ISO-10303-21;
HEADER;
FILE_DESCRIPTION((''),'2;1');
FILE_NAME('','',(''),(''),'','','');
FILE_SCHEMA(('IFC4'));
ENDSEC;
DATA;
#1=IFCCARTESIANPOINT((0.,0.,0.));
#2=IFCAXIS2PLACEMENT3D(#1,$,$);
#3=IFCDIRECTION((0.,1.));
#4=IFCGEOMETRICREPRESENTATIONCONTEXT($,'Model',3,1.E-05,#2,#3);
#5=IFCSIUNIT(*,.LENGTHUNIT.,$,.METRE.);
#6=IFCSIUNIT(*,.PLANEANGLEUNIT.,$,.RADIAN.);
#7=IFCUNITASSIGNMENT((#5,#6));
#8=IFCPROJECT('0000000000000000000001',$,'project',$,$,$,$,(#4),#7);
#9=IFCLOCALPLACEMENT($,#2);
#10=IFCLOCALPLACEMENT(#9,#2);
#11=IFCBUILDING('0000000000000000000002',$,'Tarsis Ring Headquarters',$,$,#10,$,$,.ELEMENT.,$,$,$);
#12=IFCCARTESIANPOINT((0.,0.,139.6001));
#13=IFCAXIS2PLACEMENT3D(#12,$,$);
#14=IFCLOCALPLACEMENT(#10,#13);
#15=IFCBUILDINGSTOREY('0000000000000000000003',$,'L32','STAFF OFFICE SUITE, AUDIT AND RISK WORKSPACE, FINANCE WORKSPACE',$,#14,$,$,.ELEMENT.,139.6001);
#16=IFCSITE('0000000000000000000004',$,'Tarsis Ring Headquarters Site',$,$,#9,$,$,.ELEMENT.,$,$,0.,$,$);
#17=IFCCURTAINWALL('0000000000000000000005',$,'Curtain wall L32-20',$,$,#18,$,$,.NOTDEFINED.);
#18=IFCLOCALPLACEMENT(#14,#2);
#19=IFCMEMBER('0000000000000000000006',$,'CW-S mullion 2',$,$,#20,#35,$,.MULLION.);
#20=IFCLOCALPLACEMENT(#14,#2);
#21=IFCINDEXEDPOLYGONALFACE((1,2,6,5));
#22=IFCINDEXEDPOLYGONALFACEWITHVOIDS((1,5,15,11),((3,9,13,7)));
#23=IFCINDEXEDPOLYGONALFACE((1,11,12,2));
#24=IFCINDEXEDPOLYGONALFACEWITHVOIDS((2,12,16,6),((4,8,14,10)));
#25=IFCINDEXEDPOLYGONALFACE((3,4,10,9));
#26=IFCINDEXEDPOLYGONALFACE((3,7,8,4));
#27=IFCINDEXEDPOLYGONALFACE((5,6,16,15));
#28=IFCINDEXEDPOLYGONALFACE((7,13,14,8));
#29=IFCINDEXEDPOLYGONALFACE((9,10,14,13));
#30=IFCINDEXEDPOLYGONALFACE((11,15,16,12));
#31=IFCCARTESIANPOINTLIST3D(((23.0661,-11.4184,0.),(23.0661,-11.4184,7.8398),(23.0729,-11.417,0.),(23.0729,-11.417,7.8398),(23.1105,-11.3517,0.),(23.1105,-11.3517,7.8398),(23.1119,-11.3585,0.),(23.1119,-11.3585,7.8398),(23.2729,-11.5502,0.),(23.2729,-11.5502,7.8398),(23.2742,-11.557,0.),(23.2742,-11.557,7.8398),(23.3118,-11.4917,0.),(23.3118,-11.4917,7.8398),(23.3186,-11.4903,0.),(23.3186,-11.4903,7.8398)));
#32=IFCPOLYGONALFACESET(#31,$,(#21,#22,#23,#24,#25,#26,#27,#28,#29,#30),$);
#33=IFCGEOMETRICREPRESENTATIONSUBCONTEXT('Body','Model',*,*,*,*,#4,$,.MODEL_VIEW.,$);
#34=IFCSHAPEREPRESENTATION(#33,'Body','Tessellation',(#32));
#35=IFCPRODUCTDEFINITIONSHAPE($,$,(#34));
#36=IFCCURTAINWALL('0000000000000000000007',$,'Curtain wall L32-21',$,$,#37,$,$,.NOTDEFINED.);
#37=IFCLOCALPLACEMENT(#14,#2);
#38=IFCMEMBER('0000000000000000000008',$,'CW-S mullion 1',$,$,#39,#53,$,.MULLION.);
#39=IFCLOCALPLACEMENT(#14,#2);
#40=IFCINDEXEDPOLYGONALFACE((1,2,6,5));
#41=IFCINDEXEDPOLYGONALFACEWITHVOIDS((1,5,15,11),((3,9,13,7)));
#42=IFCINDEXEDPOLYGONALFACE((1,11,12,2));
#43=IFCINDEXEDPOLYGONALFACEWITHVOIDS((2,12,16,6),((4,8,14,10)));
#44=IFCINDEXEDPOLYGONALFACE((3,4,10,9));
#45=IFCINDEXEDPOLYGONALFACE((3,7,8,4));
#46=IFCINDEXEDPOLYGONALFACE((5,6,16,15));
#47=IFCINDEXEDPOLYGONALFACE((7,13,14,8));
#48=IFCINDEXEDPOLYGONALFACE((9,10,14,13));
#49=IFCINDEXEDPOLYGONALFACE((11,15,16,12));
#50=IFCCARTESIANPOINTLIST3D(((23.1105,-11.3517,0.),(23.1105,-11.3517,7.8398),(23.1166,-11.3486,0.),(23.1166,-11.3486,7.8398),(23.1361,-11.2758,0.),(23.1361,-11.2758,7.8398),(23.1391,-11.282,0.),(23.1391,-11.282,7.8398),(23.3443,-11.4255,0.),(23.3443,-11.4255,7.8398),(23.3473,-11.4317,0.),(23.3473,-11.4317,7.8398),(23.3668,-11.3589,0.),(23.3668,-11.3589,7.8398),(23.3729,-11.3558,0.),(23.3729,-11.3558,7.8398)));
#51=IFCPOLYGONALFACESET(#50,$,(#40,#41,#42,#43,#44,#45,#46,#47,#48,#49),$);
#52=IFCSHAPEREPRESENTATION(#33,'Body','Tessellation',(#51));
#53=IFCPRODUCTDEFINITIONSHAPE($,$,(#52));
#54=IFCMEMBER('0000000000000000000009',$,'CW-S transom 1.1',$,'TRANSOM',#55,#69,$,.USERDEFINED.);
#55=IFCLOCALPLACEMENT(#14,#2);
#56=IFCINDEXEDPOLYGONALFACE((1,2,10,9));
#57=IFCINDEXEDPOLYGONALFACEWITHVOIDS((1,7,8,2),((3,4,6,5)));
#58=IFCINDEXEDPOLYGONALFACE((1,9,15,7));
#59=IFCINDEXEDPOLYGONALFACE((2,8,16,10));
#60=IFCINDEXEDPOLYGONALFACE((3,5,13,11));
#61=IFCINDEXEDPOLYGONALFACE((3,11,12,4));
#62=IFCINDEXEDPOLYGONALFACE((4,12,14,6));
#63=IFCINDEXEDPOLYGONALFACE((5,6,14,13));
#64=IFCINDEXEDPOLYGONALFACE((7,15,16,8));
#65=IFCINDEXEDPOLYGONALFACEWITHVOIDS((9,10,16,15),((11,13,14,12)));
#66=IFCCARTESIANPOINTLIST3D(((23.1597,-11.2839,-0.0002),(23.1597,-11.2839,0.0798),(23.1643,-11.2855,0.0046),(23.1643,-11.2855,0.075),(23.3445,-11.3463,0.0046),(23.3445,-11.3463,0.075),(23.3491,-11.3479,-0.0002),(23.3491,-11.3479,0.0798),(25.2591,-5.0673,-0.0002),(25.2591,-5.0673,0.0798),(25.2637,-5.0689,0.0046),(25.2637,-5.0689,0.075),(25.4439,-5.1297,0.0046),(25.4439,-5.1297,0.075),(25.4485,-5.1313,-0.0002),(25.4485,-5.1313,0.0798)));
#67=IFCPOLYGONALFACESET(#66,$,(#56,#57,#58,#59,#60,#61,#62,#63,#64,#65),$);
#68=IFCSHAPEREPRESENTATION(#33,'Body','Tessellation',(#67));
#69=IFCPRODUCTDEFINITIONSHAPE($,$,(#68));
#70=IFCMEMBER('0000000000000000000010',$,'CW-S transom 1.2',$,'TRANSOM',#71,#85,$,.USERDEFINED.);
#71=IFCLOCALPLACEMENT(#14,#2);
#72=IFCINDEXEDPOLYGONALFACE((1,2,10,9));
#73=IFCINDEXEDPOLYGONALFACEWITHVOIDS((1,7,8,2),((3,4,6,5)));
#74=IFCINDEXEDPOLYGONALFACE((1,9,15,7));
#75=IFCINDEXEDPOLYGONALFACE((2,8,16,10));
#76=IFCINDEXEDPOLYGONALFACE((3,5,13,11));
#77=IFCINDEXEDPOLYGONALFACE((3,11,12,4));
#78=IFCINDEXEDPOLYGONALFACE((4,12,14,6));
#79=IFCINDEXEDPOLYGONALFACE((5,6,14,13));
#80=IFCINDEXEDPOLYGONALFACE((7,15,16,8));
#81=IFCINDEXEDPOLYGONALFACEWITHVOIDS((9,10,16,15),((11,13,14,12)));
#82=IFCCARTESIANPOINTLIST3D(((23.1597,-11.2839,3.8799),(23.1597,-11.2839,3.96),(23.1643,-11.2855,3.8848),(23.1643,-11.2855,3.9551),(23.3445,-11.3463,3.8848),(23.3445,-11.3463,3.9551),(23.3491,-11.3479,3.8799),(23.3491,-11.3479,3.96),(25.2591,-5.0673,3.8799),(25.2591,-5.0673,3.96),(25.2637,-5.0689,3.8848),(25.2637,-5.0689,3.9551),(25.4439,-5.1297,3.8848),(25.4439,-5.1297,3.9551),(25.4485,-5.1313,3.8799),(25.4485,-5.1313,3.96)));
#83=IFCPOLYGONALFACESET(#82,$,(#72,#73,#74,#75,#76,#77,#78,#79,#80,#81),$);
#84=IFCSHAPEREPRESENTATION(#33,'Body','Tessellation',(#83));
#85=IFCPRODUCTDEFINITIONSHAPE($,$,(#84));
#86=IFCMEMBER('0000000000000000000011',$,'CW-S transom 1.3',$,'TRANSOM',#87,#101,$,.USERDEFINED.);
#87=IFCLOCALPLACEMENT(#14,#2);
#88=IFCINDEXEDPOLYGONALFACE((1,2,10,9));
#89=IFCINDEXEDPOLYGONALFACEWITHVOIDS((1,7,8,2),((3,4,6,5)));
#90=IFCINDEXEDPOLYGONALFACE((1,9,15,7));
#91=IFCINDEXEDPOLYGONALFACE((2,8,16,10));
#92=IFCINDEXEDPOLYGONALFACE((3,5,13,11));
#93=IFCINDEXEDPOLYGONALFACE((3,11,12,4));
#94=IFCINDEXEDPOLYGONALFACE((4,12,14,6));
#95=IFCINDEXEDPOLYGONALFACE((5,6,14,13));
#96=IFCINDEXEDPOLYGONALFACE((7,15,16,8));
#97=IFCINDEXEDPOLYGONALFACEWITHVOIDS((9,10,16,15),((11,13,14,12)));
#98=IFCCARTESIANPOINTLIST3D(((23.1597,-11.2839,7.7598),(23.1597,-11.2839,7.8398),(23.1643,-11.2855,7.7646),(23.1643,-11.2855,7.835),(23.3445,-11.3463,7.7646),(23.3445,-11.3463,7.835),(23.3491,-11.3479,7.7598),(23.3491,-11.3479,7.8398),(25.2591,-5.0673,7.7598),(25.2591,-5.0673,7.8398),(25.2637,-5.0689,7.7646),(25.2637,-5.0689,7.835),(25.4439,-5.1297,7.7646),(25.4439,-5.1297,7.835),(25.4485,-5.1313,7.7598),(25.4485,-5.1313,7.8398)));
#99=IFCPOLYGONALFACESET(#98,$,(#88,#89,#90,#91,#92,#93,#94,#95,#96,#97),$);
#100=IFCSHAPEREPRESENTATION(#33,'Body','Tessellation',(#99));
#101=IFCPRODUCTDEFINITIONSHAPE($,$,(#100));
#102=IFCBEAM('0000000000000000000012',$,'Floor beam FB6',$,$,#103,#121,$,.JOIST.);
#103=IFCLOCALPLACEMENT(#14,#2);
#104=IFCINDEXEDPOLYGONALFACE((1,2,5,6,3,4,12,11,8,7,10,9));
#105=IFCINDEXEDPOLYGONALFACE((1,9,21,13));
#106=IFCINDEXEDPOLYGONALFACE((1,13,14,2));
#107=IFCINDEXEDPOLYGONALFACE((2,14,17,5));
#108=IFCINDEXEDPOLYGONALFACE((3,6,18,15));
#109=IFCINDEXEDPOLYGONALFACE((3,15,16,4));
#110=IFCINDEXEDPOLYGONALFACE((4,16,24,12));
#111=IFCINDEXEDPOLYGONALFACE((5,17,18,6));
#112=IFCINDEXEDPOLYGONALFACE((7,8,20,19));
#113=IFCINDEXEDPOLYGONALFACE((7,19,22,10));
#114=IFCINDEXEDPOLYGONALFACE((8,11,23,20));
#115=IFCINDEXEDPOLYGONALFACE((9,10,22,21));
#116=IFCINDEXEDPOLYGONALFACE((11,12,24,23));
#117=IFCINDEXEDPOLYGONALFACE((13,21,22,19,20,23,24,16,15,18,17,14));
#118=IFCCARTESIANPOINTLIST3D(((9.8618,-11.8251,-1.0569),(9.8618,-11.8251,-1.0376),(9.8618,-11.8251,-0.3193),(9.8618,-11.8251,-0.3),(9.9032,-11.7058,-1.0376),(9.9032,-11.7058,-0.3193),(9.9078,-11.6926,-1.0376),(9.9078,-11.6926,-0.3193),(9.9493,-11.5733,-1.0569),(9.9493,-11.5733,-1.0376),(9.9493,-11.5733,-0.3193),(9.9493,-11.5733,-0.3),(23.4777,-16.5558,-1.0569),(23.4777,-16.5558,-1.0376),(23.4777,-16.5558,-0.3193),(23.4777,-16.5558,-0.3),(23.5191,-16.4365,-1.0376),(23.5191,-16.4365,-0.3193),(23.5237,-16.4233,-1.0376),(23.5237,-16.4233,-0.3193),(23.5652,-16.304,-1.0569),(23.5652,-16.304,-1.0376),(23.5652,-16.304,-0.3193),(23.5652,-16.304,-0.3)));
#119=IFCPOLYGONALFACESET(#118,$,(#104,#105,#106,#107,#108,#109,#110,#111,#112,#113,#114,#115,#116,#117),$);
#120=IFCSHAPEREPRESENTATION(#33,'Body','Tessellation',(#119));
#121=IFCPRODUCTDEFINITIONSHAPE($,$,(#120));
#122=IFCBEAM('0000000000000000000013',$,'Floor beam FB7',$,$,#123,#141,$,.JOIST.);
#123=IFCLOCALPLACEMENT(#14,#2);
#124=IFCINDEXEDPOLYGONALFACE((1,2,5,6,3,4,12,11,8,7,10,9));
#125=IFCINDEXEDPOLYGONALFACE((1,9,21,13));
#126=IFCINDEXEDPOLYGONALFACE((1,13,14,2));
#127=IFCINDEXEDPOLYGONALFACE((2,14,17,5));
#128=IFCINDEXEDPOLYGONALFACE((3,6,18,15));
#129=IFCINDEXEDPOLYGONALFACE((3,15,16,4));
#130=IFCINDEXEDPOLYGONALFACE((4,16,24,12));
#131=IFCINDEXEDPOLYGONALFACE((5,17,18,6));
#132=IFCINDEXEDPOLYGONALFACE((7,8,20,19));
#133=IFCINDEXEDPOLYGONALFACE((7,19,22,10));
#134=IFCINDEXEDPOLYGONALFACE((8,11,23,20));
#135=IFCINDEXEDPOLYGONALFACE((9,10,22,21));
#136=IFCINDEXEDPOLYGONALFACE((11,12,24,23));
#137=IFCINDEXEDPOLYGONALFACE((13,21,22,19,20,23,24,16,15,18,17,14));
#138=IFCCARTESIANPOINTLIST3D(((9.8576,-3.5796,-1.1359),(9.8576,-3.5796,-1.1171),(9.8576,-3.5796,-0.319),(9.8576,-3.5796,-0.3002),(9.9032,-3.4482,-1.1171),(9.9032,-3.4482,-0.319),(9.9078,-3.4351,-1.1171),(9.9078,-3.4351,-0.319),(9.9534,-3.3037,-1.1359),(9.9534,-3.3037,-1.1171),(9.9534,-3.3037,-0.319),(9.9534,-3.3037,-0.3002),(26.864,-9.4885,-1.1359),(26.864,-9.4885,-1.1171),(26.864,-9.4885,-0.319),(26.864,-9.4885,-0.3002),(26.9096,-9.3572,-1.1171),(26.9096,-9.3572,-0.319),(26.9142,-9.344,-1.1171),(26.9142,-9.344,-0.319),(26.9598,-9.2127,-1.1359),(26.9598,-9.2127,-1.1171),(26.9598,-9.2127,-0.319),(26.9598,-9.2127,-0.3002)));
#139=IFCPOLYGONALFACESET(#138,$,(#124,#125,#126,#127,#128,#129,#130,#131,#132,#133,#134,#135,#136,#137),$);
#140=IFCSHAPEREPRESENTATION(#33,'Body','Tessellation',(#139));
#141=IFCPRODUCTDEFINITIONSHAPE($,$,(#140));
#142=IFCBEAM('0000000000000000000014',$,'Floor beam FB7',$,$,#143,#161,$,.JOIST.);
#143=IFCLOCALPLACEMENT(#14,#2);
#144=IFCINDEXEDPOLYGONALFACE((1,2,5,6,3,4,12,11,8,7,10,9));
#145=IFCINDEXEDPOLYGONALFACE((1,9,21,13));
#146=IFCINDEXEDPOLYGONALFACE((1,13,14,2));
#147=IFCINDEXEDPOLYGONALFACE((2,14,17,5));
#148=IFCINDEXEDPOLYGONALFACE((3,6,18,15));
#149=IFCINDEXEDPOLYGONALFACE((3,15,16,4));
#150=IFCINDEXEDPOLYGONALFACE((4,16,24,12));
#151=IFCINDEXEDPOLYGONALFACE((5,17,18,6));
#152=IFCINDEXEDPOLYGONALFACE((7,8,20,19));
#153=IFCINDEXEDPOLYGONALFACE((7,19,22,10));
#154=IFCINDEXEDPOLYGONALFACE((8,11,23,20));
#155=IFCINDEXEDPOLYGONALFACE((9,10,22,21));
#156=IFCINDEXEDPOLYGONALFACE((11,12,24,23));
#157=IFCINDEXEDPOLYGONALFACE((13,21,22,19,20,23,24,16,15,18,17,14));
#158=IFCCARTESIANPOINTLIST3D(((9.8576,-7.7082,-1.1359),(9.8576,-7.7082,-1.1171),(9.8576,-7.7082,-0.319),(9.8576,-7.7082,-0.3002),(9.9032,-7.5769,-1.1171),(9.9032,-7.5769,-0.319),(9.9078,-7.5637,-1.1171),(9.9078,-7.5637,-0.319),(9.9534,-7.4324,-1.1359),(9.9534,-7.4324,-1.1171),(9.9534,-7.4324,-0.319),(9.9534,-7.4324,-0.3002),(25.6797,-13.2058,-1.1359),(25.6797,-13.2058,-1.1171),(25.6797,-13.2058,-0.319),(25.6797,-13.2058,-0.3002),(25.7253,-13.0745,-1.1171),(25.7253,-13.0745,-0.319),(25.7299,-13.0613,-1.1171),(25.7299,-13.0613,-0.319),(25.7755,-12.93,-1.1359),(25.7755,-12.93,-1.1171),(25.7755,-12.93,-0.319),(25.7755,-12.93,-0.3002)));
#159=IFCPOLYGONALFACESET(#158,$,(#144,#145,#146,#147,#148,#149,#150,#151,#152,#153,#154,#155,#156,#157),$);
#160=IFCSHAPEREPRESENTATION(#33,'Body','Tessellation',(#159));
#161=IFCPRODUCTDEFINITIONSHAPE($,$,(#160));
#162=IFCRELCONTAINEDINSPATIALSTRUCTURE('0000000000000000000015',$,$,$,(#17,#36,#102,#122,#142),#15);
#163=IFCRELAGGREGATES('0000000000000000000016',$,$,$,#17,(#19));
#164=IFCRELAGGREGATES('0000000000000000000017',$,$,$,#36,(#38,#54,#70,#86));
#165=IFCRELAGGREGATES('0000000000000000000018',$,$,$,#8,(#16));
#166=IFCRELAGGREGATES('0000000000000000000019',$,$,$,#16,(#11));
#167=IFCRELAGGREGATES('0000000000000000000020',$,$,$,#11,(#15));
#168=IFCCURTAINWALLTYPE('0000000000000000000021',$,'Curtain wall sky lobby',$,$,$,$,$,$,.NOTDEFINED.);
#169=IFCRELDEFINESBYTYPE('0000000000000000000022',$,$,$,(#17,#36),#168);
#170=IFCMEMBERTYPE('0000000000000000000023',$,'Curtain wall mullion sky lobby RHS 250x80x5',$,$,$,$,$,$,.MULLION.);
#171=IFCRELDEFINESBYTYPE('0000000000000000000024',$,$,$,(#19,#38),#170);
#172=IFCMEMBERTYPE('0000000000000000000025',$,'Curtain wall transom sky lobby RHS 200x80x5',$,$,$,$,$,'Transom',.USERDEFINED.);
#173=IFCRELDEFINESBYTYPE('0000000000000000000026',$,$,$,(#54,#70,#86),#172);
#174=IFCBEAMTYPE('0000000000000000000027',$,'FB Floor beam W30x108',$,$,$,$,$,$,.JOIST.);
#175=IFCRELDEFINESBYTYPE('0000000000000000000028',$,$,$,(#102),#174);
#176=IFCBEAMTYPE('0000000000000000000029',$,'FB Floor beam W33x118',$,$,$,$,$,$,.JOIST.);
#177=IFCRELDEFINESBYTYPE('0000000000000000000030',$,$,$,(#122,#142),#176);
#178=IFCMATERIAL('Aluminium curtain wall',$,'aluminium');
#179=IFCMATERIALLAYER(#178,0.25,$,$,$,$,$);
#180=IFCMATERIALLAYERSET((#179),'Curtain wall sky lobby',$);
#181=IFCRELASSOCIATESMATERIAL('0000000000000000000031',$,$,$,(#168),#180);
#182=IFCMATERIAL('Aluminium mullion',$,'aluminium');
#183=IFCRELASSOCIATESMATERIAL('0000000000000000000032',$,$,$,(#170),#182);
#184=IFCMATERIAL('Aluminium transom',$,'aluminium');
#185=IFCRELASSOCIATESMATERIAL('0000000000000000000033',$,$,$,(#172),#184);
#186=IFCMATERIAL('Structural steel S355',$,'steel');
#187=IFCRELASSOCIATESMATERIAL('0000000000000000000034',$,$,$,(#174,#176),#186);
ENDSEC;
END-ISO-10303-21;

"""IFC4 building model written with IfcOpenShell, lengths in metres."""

from ifc_helpers import new_model, si_unit, direction, frame, origin, origin_2d, place, context, subcontext, project, spatial, hollow_rectangle, i_section, extrude, material, layer, layer_set, material_profile, profile_set, type_object, element, aggregate, save


model = new_model("IFC4")

# Units and contexts
model_context = context("Model", 3, precision=1e-05, world=origin(), true_north=direction((0.0, 1.0)))
body_context = subcontext(model_context, "Body", "Model", "MODEL_VIEW")
ifc_project = project(units=[si_unit("LENGTHUNIT", "METRE"), si_unit("PLANEANGLEUNIT", "RADIAN")], contexts=[model_context])

# Site, building, storey
site_placement = place(None, origin())
site = spatial("IfcSite", under=ifc_project, at=site_placement, Name="Tarsis Ring Headquarters Site", CompositionType="ELEMENT", RefElevation=0.0)
building_placement = place(site_placement, origin())
building = spatial("IfcBuilding", under=site, at=building_placement, Name="Tarsis Ring Headquarters", CompositionType="ELEMENT")
storey_placement = place(building_placement, frame((0.0, 0.0, 139.6001)))
storey = spatial("IfcBuildingStorey", under=building, at=storey_placement, Name="L32", Description="STAFF OFFICE SUITE, AUDIT AND RISK WORKSPACE, FINANCE WORKSPACE", CompositionType="ELEMENT", Elevation=139.6001)

# Curtain wall, member
ifc_material_1 = material(Name="Aluminium curtain wall", Category="aluminium")
ifc_layer_1 = layer(ifc_material_1, 0.25)
ifc_layer_set_1 = layer_set([ifc_layer_1], Name="Curtain wall sky lobby")
curtain_wall_type = type_object("IfcCurtainWallType", Name="Curtain wall sky lobby", PredefinedType="NOTDEFINED", material=ifc_layer_set_1)
curtain_wall_1_placement = place(storey_placement, origin())
curtain_wall_1 = element("IfcCurtainWall", 1, at=curtain_wall_1_placement, inside=storey, type_object=curtain_wall_type, Name="Curtain wall L32-20", PredefinedType="NOTDEFINED")
ifc_material_2 = material(Name="Aluminium mullion", Category="aluminium")
ifc_material_profile_1 = material_profile(ifc_material_2, hollow_rectangle(XDim=0.25, YDim=0.0801, WallThickness=0.0049, at=origin_2d()), Name="RHS 250x80x5")
ifc_profile_set_1 = profile_set([ifc_material_profile_1], Name="Aluminium mullion")
member_type_1 = type_object("IfcMemberType", Name="Curtain wall mullion sky lobby RHS 250x80x5", PredefinedType="MULLION", material=ifc_profile_set_1)
member_1_placement = place(storey_placement, frame((23.1924, -11.4543, 0.0), z_axis=(0.0, 0.0, 1.0), x_axis=(-0.832341, 0.554263, 0.0)))
member_1 = element("IfcMember", 2, at=member_1_placement, type_object=member_type_1, Name="CW-S mullion 2", PredefinedType="MULLION", context=body_context, shape_type="SweptSolid", body=[
    extrude(hollow_rectangle(XDim=0.25, YDim=0.0801, WallThickness=0.0049, at=origin_2d()), origin(), (0.0, 0.0, 1.0), 7.8398),
])
aggregate(curtain_wall_1, [member_1])

# Curtain wall, members
curtain_wall_2_placement = place(storey_placement, origin())
curtain_wall_2 = element("IfcCurtainWall", 3, at=curtain_wall_2_placement, inside=storey, type_object=curtain_wall_type, Name="Curtain wall L32-21", PredefinedType="NOTDEFINED")
member_2_placement = place(storey_placement, frame((23.2417, -11.3538, 0.0), z_axis=(0.0, 0.0, 1.0), x_axis=(-0.947434, 0.319952, 0.0)))
member_2 = element("IfcMember", 4, at=member_2_placement, type_object=member_type_1, Name="CW-S mullion 1", PredefinedType="MULLION", context=body_context, shape_type="SweptSolid", body=[
    extrude(hollow_rectangle(XDim=0.25, YDim=0.0801, WallThickness=0.0049, at=origin_2d()), origin(), (0.0, 0.0, 1.0), 7.8398),
])
ifc_material_3 = material(Name="Aluminium transom", Category="aluminium")
ifc_material_profile_2 = material_profile(ifc_material_3, hollow_rectangle(XDim=0.2, YDim=0.0801, WallThickness=0.0049, at=origin_2d()), Name="RHS 200x80x5")
ifc_profile_set_2 = profile_set([ifc_material_profile_2], Name="Aluminium transom")
member_type_2 = type_object("IfcMemberType", Name="Curtain wall transom sky lobby RHS 200x80x5", ElementType="Transom", PredefinedType="USERDEFINED", material=ifc_profile_set_2)
member_3_placement = place(storey_placement, frame((23.2544, -11.3159, 0.0398), z_axis=(0.319954, 0.947433, 0.0), x_axis=(-0.947433, 0.319954, 0.0)))
member_3 = element("IfcMember", 5, at=member_3_placement, type_object=member_type_2, Name="CW-S transom 1.1", ObjectType="TRANSOM", PredefinedType="USERDEFINED", context=body_context, shape_type="SweptSolid", body=[
    extrude(hollow_rectangle(XDim=0.2, YDim=0.0801, WallThickness=0.0049, at=origin_2d()), origin(), (0.0, 0.0, 1.0), 6.5615),
])
member_4_placement = place(storey_placement, frame((23.2544, -11.3159, 3.9199), z_axis=(0.319954, 0.947433, 0.0), x_axis=(-0.947433, 0.319954, 0.0)))
member_4 = element("IfcMember", 6, at=member_4_placement, type_object=member_type_2, Name="CW-S transom 1.2", ObjectType="TRANSOM", PredefinedType="USERDEFINED", context=body_context, shape_type="SweptSolid", body=[
    extrude(hollow_rectangle(XDim=0.2, YDim=0.0801, WallThickness=0.0049, at=origin_2d()), origin(), (0.0, 0.0, 1.0), 6.5615),
])
member_5_placement = place(storey_placement, frame((23.2544, -11.3159, 7.7998), z_axis=(0.319954, 0.947433, 0.0), x_axis=(-0.947433, 0.319954, 0.0)))
member_5 = element("IfcMember", 7, at=member_5_placement, type_object=member_type_2, Name="CW-S transom 1.3", ObjectType="TRANSOM", PredefinedType="USERDEFINED", context=body_context, shape_type="SweptSolid", body=[
    extrude(hollow_rectangle(XDim=0.2, YDim=0.0801, WallThickness=0.0049, at=origin_2d()), origin(), (0.0, 0.0, 1.0), 6.5615),
])
aggregate(curtain_wall_2, [member_2, member_3, member_4, member_5])

# Beams
ifc_material_4 = material(Name="Structural steel S355", Category="steel")
ifc_material_profile_3 = material_profile(ifc_material_4, i_section(OverallWidth=0.2666, OverallDepth=0.7568, WebThickness=0.0139, FlangeThickness=0.0193, at=origin_2d()), Name="W30x108")
ifc_profile_set_3 = profile_set([ifc_material_profile_3], Name="Structural steel S355")
beam_type_1 = type_object("IfcBeamType", Name="FB Floor beam W30x108", PredefinedType="JOIST", material=ifc_profile_set_3)
beam_1_placement = place(storey_placement, frame((9.9055, -11.6992, -0.6785), z_axis=(0.94461, -0.328194, 0.0), x_axis=(0.328194, 0.94461, 0.0)))
element("IfcBeam", 8, at=beam_1_placement, inside=storey, type_object=beam_type_1, Name="Floor beam FB6", PredefinedType="JOIST", context=body_context, shape_type="SweptSolid", body=[
    extrude(i_section(OverallWidth=0.2666, OverallDepth=0.7568, WebThickness=0.0139, FlangeThickness=0.0193, at=origin_2d()), origin(), (0.0, 0.0, 1.0), 14.4143),
])
ifc_material_profile_4 = material_profile(ifc_material_4, i_section(OverallWidth=0.292, OverallDepth=0.8357, WebThickness=0.0139, FlangeThickness=0.0188, at=origin_2d()), Name="W33x118")
ifc_profile_set_4 = profile_set([ifc_material_profile_4], Name="Structural steel S355")
beam_type_2 = type_object("IfcBeamType", Name="FB Floor beam W33x118", PredefinedType="JOIST", material=ifc_profile_set_4)
beam_2_placement = place(storey_placement, frame((9.9055, -3.4417, -0.718), z_axis=(0.944606, -0.328208, 0.0), x_axis=(0.328208, 0.944606, 0.0)))
element("IfcBeam", 9, at=beam_2_placement, inside=storey, type_object=beam_type_2, Name="Floor beam FB7", PredefinedType="JOIST", context=body_context, shape_type="SweptSolid", body=[
    extrude(i_section(OverallWidth=0.292, OverallDepth=0.8357, WebThickness=0.0139, FlangeThickness=0.0188, at=origin_2d()), origin(), (0.0, 0.0, 1.0), 18.0037),
])
beam_3_placement = place(storey_placement, frame((9.9055, -7.5703, -0.718), z_axis=(0.944603, -0.328214, 0.0), x_axis=(0.328214, 0.944603, 0.0)))
element("IfcBeam", 10, at=beam_3_placement, inside=storey, type_object=beam_type_2, Name="Floor beam FB7", PredefinedType="JOIST", context=body_context, shape_type="SweptSolid", body=[
    extrude(i_section(OverallWidth=0.292, OverallDepth=0.8357, WebThickness=0.0139, FlangeThickness=0.0188, at=origin_2d()), origin(), (0.0, 0.0, 1.0), 16.75),
])

save(model, "model.ifc")
